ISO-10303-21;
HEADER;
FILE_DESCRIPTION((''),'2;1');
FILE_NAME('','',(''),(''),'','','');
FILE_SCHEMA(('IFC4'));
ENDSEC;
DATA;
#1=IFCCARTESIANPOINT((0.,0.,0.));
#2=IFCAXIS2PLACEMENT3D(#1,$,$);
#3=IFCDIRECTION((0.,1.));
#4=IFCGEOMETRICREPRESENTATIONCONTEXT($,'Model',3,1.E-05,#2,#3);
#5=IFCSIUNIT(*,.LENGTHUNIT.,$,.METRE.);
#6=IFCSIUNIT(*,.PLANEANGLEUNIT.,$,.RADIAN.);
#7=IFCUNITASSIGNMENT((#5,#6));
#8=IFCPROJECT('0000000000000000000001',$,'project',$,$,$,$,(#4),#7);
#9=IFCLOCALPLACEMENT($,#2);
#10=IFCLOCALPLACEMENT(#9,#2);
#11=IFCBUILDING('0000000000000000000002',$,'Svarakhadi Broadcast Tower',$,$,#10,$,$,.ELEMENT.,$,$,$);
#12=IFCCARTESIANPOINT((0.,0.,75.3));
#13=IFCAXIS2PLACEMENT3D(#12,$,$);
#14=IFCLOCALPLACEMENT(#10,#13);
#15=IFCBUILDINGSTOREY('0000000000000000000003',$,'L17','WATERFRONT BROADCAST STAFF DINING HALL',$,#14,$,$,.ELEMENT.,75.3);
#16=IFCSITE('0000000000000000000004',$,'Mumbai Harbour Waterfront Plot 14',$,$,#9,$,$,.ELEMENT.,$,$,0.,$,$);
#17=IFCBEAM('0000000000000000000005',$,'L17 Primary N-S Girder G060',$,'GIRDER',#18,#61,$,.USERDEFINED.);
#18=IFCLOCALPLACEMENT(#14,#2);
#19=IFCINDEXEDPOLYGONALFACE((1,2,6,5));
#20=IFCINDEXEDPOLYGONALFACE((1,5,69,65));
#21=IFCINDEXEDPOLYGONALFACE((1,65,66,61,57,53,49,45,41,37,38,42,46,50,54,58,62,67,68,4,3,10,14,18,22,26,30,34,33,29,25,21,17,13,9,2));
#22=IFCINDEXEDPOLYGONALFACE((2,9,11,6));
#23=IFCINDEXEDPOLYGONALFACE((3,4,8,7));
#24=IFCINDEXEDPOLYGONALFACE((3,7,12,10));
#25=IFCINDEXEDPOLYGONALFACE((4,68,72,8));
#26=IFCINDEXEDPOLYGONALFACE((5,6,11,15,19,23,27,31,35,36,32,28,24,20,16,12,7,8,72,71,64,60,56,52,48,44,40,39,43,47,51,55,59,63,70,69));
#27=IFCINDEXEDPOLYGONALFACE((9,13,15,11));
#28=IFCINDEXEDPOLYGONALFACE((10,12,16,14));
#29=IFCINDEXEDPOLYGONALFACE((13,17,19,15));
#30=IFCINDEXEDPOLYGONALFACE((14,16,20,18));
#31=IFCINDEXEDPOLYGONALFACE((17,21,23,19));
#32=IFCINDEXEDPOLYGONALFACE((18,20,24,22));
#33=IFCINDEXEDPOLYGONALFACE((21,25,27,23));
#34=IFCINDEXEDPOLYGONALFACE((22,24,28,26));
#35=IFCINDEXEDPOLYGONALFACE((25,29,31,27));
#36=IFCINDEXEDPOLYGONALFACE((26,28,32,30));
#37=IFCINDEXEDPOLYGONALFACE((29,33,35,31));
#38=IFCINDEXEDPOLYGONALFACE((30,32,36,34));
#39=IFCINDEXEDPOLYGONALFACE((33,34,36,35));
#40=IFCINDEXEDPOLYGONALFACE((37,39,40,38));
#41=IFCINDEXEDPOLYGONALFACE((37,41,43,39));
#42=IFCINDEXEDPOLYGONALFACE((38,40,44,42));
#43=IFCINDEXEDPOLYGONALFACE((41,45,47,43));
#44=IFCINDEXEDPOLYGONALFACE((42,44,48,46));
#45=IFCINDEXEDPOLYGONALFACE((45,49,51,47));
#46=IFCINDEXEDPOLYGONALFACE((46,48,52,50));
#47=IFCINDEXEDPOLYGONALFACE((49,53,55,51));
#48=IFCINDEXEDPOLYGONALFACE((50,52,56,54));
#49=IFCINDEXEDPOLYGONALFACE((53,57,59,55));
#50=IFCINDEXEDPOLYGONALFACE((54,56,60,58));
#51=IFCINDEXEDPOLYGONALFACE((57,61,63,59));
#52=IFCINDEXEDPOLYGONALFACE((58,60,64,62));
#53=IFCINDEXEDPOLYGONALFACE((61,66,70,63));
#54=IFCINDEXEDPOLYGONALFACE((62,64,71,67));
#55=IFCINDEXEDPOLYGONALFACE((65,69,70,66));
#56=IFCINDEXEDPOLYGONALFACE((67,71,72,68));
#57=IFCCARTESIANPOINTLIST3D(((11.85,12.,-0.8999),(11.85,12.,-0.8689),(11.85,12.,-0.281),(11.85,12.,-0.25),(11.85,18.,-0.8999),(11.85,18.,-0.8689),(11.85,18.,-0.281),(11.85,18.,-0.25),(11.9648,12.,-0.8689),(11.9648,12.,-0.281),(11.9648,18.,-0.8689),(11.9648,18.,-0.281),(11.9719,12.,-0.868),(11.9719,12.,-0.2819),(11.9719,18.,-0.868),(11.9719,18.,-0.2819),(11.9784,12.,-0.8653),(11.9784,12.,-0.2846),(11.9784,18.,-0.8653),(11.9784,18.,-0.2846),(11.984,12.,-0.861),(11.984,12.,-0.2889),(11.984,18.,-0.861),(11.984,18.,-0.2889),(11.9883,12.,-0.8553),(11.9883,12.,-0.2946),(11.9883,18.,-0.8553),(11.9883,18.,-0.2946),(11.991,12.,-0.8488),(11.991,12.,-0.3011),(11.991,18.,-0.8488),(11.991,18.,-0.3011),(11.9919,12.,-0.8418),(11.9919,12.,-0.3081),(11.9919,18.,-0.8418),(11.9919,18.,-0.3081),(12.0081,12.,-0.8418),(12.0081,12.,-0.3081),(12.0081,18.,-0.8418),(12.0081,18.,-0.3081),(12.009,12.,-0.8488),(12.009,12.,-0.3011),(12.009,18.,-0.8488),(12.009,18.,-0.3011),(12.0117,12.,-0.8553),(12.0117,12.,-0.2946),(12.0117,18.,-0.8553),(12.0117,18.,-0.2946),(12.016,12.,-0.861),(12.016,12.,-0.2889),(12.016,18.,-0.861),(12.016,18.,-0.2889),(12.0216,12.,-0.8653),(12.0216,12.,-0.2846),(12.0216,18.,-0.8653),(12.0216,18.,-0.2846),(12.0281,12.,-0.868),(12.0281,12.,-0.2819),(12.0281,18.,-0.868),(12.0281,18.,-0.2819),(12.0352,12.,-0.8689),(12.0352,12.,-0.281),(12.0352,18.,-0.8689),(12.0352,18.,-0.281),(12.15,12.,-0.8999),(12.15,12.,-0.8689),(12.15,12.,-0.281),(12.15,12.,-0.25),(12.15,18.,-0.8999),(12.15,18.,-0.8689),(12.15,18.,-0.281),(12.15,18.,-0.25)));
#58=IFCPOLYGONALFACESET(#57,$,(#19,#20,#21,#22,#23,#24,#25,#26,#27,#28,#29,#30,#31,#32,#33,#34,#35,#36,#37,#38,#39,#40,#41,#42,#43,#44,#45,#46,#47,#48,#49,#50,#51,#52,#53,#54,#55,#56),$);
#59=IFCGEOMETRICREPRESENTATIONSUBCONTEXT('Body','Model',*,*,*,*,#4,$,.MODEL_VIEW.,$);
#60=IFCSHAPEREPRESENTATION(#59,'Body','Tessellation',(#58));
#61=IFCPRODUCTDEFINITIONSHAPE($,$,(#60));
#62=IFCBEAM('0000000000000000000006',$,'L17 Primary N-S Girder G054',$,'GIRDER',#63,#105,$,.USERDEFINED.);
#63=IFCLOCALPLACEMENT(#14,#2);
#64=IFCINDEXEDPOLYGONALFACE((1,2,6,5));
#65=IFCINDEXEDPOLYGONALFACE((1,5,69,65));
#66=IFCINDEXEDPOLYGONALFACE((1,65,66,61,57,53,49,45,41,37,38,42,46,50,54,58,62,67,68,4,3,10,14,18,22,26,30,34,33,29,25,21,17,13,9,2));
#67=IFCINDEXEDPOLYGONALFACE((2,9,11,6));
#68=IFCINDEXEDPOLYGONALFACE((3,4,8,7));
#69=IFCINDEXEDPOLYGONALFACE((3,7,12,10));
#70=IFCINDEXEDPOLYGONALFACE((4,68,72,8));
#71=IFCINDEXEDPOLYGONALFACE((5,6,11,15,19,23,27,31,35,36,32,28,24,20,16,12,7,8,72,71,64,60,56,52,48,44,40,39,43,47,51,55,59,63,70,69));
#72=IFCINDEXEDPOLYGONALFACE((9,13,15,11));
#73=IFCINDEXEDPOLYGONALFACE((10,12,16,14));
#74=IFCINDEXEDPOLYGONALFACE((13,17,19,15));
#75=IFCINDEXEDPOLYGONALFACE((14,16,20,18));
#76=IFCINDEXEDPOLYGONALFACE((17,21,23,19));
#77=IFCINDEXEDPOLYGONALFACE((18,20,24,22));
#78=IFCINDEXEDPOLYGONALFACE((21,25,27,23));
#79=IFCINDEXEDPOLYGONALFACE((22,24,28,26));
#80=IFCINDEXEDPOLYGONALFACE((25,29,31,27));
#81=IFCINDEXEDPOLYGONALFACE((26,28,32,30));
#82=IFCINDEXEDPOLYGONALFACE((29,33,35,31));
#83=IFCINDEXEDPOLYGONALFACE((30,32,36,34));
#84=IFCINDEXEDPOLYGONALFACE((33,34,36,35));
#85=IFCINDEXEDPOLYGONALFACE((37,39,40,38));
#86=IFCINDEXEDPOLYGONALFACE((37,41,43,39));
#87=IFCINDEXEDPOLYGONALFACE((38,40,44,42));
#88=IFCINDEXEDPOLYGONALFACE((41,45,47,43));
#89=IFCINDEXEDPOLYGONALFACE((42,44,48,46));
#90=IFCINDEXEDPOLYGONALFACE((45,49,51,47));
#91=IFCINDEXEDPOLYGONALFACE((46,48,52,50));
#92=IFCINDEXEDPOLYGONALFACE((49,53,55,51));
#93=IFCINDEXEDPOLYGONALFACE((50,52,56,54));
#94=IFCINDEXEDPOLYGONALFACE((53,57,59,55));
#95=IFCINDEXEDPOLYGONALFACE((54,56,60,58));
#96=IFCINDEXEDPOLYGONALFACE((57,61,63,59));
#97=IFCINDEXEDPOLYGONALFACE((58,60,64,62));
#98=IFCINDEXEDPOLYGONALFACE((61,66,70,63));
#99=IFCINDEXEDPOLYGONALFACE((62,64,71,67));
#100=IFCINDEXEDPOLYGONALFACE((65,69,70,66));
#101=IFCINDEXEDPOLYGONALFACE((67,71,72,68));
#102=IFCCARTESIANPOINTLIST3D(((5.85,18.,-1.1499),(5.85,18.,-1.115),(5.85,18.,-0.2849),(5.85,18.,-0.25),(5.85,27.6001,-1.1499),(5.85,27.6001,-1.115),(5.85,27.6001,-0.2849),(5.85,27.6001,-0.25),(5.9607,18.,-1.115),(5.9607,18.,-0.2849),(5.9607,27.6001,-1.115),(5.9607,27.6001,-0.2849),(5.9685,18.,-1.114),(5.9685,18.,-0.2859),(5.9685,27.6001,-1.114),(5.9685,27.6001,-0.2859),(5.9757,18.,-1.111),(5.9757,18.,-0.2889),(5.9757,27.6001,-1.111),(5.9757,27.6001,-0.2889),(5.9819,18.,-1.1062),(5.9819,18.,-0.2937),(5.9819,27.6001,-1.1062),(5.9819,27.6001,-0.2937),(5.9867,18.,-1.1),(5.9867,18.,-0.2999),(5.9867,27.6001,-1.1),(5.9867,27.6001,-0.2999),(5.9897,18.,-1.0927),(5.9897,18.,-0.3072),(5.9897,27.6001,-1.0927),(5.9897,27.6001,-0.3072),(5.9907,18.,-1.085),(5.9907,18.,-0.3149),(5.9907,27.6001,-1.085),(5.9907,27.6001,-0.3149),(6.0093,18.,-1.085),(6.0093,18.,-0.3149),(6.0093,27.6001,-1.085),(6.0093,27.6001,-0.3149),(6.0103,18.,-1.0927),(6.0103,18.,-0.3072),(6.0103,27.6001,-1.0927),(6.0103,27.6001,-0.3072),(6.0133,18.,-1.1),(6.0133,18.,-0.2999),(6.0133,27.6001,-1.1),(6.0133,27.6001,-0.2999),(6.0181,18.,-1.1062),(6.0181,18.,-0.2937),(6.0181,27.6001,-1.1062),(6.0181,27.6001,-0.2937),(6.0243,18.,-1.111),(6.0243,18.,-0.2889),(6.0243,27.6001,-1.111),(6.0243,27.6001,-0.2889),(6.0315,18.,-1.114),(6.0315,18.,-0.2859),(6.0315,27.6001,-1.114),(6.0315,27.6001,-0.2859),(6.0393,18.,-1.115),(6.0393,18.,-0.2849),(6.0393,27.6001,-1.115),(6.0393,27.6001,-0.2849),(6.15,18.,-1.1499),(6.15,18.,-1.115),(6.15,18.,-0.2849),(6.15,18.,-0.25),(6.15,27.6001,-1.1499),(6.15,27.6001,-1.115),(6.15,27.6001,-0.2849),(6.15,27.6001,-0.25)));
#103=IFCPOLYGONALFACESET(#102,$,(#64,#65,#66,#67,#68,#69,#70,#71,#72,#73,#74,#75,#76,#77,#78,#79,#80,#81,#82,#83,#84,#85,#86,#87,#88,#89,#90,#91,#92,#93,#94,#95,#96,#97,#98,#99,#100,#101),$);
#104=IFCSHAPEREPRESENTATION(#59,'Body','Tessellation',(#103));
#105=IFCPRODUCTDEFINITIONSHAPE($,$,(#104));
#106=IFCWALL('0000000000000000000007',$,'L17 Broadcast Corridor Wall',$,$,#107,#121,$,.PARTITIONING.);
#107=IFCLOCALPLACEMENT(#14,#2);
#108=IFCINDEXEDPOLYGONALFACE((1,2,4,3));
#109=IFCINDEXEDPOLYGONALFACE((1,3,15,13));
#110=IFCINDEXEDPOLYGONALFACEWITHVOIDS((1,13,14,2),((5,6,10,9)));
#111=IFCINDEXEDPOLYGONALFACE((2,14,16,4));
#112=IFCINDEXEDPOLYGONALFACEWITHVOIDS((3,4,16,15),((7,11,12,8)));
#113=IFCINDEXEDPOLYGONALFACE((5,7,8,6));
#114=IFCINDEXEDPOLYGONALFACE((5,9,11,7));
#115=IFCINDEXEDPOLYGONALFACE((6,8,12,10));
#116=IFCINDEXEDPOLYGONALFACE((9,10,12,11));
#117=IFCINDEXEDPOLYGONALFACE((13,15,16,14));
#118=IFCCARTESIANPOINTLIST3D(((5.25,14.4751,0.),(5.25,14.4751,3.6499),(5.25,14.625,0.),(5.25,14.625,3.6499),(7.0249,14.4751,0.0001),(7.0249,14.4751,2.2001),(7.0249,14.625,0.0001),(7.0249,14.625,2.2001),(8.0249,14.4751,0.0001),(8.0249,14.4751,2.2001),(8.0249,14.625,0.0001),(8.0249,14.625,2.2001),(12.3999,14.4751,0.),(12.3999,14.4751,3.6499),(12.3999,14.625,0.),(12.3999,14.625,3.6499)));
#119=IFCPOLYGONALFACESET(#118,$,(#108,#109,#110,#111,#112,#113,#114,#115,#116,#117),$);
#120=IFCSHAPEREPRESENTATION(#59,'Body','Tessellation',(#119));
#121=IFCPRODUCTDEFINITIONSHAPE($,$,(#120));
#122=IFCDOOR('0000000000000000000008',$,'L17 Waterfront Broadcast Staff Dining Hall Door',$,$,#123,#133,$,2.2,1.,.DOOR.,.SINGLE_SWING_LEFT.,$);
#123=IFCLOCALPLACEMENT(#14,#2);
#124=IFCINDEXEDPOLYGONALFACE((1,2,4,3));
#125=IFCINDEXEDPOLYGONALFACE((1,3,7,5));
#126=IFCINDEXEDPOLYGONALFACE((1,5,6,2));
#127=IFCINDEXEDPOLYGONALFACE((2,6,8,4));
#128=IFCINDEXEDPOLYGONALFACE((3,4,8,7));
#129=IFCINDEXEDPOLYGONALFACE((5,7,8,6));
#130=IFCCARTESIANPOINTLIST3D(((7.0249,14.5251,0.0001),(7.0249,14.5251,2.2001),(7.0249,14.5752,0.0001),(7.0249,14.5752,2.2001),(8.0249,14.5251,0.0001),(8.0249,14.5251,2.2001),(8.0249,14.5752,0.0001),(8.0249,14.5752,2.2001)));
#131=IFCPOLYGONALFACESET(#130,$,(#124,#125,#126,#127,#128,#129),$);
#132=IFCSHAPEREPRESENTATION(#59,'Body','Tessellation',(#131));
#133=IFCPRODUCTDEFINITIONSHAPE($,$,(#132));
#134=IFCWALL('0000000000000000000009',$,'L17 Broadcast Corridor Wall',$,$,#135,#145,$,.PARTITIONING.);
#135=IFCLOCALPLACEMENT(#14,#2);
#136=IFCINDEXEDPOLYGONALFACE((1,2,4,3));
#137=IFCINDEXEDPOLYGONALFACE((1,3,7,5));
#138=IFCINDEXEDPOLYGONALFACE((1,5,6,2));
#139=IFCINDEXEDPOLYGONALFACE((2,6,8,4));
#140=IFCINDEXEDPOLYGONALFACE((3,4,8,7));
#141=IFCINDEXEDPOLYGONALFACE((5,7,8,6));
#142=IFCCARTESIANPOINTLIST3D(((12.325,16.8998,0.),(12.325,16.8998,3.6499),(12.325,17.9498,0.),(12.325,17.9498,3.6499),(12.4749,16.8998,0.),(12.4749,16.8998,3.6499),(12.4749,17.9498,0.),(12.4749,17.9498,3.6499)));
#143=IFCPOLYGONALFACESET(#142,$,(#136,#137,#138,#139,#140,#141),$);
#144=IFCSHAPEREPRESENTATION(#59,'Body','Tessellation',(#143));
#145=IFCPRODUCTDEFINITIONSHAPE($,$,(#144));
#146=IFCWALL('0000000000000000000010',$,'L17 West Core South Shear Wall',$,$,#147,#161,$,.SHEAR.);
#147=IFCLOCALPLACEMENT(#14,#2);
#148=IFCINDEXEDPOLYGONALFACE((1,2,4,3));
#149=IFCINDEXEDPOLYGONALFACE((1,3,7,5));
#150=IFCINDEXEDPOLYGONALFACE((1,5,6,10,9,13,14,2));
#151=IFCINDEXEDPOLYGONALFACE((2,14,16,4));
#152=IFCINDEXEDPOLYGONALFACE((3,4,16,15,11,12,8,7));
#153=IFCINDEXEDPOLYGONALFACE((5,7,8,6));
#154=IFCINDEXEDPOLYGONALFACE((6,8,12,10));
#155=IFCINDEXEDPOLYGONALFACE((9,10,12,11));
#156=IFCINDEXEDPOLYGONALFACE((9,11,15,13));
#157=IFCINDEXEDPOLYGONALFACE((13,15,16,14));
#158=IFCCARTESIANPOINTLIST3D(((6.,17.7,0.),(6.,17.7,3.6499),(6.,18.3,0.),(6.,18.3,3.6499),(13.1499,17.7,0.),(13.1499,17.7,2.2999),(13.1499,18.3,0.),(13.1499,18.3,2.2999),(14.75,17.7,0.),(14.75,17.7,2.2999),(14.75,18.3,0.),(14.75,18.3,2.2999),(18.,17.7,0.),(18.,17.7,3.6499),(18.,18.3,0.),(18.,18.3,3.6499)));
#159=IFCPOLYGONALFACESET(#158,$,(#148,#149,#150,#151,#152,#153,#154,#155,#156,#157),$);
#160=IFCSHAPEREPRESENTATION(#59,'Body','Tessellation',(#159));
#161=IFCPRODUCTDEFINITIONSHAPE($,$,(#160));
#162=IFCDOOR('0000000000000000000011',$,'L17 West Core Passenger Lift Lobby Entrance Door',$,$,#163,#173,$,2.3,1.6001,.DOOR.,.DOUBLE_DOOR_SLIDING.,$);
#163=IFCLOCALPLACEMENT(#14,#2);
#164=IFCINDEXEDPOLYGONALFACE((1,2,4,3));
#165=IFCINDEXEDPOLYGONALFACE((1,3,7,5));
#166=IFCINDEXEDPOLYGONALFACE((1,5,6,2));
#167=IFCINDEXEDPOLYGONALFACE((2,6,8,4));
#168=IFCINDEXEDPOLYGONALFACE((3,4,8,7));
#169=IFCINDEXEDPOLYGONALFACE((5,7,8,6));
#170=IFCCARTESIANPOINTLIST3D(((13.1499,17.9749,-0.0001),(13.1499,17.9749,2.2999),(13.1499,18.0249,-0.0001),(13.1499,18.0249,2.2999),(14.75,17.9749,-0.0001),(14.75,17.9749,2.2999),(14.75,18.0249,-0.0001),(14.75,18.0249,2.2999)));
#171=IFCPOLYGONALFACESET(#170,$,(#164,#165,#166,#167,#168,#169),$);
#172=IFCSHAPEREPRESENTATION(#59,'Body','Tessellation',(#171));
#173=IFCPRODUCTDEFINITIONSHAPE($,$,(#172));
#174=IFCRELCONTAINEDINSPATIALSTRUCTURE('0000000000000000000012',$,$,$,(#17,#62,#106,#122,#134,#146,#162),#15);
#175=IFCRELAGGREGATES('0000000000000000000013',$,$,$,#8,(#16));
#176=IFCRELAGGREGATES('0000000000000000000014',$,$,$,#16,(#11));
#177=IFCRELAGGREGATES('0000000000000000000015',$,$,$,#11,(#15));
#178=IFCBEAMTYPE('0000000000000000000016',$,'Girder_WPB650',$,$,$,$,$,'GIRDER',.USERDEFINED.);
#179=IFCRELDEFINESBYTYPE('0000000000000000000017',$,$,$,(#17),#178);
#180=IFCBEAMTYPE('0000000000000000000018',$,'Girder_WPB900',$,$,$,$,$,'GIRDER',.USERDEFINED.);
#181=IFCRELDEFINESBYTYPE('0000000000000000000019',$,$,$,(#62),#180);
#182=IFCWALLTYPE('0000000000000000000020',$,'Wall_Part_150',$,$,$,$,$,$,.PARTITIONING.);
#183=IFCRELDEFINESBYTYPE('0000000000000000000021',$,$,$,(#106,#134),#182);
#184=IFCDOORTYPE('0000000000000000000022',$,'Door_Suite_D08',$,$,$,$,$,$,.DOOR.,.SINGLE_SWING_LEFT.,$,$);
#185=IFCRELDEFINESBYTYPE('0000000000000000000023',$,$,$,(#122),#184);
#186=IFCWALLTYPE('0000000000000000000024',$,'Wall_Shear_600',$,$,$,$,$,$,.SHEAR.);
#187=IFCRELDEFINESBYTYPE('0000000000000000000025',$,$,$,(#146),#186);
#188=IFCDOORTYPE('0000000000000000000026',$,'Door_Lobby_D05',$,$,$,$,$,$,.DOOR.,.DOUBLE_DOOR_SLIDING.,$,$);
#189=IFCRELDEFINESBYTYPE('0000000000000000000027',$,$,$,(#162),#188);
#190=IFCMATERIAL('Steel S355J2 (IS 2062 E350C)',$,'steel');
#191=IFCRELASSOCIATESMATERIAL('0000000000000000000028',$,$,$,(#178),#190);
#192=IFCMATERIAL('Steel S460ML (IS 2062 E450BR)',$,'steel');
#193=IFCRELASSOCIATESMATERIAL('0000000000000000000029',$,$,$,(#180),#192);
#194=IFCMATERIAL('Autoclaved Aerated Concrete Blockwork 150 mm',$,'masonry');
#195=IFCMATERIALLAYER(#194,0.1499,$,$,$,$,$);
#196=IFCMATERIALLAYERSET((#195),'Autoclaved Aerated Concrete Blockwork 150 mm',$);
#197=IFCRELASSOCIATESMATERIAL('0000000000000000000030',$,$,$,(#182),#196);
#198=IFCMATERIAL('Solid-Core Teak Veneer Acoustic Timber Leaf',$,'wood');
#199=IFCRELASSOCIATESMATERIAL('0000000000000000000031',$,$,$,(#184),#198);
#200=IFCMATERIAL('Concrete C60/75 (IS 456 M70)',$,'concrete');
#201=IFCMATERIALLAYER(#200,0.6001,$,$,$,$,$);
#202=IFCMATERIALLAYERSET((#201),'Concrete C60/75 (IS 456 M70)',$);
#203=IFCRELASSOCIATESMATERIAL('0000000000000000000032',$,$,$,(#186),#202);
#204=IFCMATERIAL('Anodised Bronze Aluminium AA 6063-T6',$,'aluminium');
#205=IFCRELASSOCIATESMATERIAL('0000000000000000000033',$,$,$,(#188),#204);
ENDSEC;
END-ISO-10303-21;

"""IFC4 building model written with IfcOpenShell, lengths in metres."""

from ifc_helpers import new_model, si_unit, direction, frame, frame_2d, origin, origin_2d, place, context, subcontext, project, spatial, rectangle, i_section, extrude, material, layer, layer_set, material_profile, profile_set, type_object, element, fill, save


model = new_model("IFC4")

# Units and contexts
model_context = context("Model", 3, precision=1e-05, world=origin(), true_north=direction((0.0, 1.0)))
body_context = subcontext(model_context, "Body", "Model", "MODEL_VIEW")
ifc_project = project(units=[si_unit("LENGTHUNIT", "METRE"), si_unit("PLANEANGLEUNIT", "RADIAN")], contexts=[model_context])

# Site, building, storey
site_placement = place(None, origin())
site = spatial("IfcSite", under=ifc_project, at=site_placement, Name="Mumbai Harbour Waterfront Plot 14", CompositionType="ELEMENT", RefElevation=0.0)
building_placement = place(site_placement, origin())
building = spatial("IfcBuilding", under=site, at=building_placement, Name="Svarakhadi Broadcast Tower", CompositionType="ELEMENT")
storey_placement = place(building_placement, frame((0.0, 0.0, 75.3)))
storey = spatial("IfcBuildingStorey", under=building, at=storey_placement, Name="L17", Description="WATERFRONT BROADCAST STAFF DINING HALL", CompositionType="ELEMENT", Elevation=75.3)

# Shared definitions
ifc_material_1 = material(Name="Steel S460ML (IS 2062 E450BR)", Category="steel")
ifc_material_2 = material(Name="Concrete C60/75 (IS 456 M70)", Category="concrete")

# Beams
ifc_material_3 = material(Name="Steel S355J2 (IS 2062 E350C)", Category="steel")
ifc_material_profile_1 = material_profile(ifc_material_3, i_section(OverallWidth=0.3, OverallDepth=0.6499, WebThickness=0.0161, FlangeThickness=0.031, FilletRadius=0.0271, at=origin_2d()), Name="WPB 650x300x225")
ifc_profile_set_1 = profile_set([ifc_material_profile_1], Name="Steel S355J2 (IS 2062 E350C)")
beam_type_1 = type_object("IfcBeamType", Name="Girder_WPB650", ElementType="GIRDER", PredefinedType="USERDEFINED", material=ifc_profile_set_1)
for number, where, z_axis, x_axis, name in (
    (1, (12.0, 12.0, -0.575), (0.0, 1.0, 0.0), (-1.0, 0.0, 0.0), "L17 Primary N-S Girder G060"),
):
    element("IfcBeam", number, at=place(storey_placement, frame(where, z_axis=z_axis, x_axis=x_axis)), inside=storey, type_object=beam_type_1, Name=name, ObjectType="GIRDER", PredefinedType="USERDEFINED", context=body_context, shape_type="SweptSolid", body=[
        extrude(i_section(OverallWidth=0.3, OverallDepth=0.6499, WebThickness=0.0161, FlangeThickness=0.031, FilletRadius=0.0271, at=origin_2d()), origin(), (0.0, 0.0, 1.0), 6.0),
    ])
ifc_material_profile_2 = material_profile(ifc_material_1, i_section(OverallWidth=0.3, OverallDepth=0.8999, WebThickness=0.0186, FlangeThickness=0.0349, FilletRadius=0.03, at=origin_2d()), Name="WPB 900x300x291")
ifc_profile_set_2 = profile_set([ifc_material_profile_2], Name="Steel S460ML (IS 2062 E450BR)")
beam_type_2 = type_object("IfcBeamType", Name="Girder_WPB900", ElementType="GIRDER", PredefinedType="USERDEFINED", material=ifc_profile_set_2)
beam_placement = place(storey_placement, frame((6.0, 18.0, -0.7), z_axis=(0.0, 1.0, 0.0), x_axis=(-1.0, 0.0, 0.0)))
element("IfcBeam", 2, at=beam_placement, inside=storey, type_object=beam_type_2, Name="L17 Primary N-S Girder G054", ObjectType="GIRDER", PredefinedType="USERDEFINED", context=body_context, shape_type="SweptSolid", body=[
    extrude(i_section(OverallWidth=0.3, OverallDepth=0.8999, WebThickness=0.0186, FlangeThickness=0.0349, FilletRadius=0.03, at=origin_2d()), origin(), (0.0, 0.0, 1.0), 9.6001),
])

# Wall, opening, door
ifc_material_4 = material(Name="Autoclaved Aerated Concrete Blockwork 150 mm", Category="masonry")
ifc_layer_1 = layer(ifc_material_4, 0.1499)
ifc_layer_set_1 = layer_set([ifc_layer_1], Name="Autoclaved Aerated Concrete Blockwork 150 mm")
wall_type_1 = type_object("IfcWallType", Name="Wall_Part_150", PredefinedType="PARTITIONING", material=ifc_layer_set_1)
wall_1_placement = place(storey_placement, frame((12.3999, 14.55, 0.0), z_axis=(0.0, 0.0, 1.0), x_axis=(-1.0, 0.0, 0.0)))
wall_1 = element("IfcWall", 3, at=wall_1_placement, inside=storey, type_object=wall_type_1, Name="L17 Broadcast Corridor Wall", PredefinedType="PARTITIONING", context=body_context, shape_type="SweptSolid", body=[
    extrude(rectangle(XDim=7.1499, YDim=0.1499, at=frame_2d((3.575, 0.0))), origin(), (0.0, 0.0, 1.0), 3.6499),
])
opening_1_placement = place(wall_1_placement, frame((4.375, 0.0, 0.0)))
opening_1 = element("IfcOpeningElement", 4, at=opening_1_placement, cuts=wall_1, PredefinedType="OPENING", context=body_context, shape_type="SweptSolid", body=[
    extrude(rectangle(XDim=1.0, YDim=2.2, at=frame_2d((0.5, 1.1001))), frame((0.0, 0.085, 0.0), z_axis=(0.0, -1.0, 0.0), x_axis=(1.0, 0.0, 0.0)), (0.0, 0.0, 1.0), 0.1699),
])
ifc_material_5 = material(Name="Solid-Core Teak Veneer Acoustic Timber Leaf", Category="wood")
door_type_1 = type_object("IfcDoorType", Name="Door_Suite_D08", OperationType="SINGLE_SWING_LEFT", PredefinedType="DOOR", material=ifc_material_5)
door_1_placement = place(opening_1_placement, origin())
door_1 = element("IfcDoor", 5, at=door_1_placement, inside=storey, type_object=door_type_1, Name="L17 Waterfront Broadcast Staff Dining Hall Door", OperationType="SINGLE_SWING_LEFT", OverallHeight=2.2, OverallWidth=1.0, PredefinedType="DOOR", context=body_context, shape_type="SweptSolid", body=[
    extrude(rectangle(XDim=1.0, YDim=2.2, at=frame_2d((0.5, 1.1001))), frame((0.0, 0.0249, 0.0), z_axis=(0.0, -1.0, 0.0), x_axis=(1.0, 0.0, 0.0)), (0.0, 0.0, 1.0), 0.05),
])
fill(opening_1, door_1)

# Wall
wall_2_placement = place(storey_placement, frame((12.3999, 16.8999, 0.0), z_axis=(0.0, 0.0, 1.0), x_axis=(0.0, 1.0, 0.0)))
element("IfcWall", 6, at=wall_2_placement, inside=storey, type_object=wall_type_1, Name="L17 Broadcast Corridor Wall", PredefinedType="PARTITIONING", context=body_context, shape_type="SweptSolid", body=[
    extrude(rectangle(XDim=1.05, YDim=0.1499, at=frame_2d((0.5249, 0.0))), origin(), (0.0, 0.0, 1.0), 3.6499),
])

# Wall, opening, door
ifc_layer_2 = layer(ifc_material_2, 0.6001)
ifc_layer_set_2 = layer_set([ifc_layer_2], Name="Concrete C60/75 (IS 456 M70)")
wall_type_2 = type_object("IfcWallType", Name="Wall_Shear_600", PredefinedType="SHEAR", material=ifc_layer_set_2)
wall_3_placement = place(storey_placement, frame((6.0, 18.0, 0.0), z_axis=(0.0, 0.0, 1.0), x_axis=(1.0, 0.0, 0.0)))
wall_3 = element("IfcWall", 7, at=wall_3_placement, inside=storey, type_object=wall_type_2, Name="L17 West Core South Shear Wall", PredefinedType="SHEAR", context=body_context, shape_type="SweptSolid", body=[
    extrude(rectangle(XDim=12.0, YDim=0.6001, at=frame_2d((6.0, 0.0))), origin(), (0.0, 0.0, 1.0), 3.6499),
])
opening_2_placement = place(wall_3_placement, frame((7.1499, 0.0, 0.0)))
opening_2 = element("IfcOpeningElement", 8, at=opening_2_placement, cuts=wall_3, PredefinedType="OPENING", context=body_context, shape_type="SweptSolid", body=[
    extrude(rectangle(XDim=1.6001, YDim=2.3, at=frame_2d((0.8, 1.1499))), frame((0.0, 0.3101, 0.0), z_axis=(0.0, -1.0, 0.0), x_axis=(1.0, 0.0, 0.0)), (0.0, 0.0, 1.0), 0.6201),
])
ifc_material_6 = material(Name="Anodised Bronze Aluminium AA 6063-T6", Category="aluminium")
door_type_2 = type_object("IfcDoorType", Name="Door_Lobby_D05", OperationType="DOUBLE_DOOR_SLIDING", PredefinedType="DOOR", material=ifc_material_6)
door_2_placement = place(opening_2_placement, origin())
door_2 = element("IfcDoor", 9, at=door_2_placement, inside=storey, type_object=door_type_2, Name="L17 West Core Passenger Lift Lobby Entrance Door", OperationType="DOUBLE_DOOR_SLIDING", OverallHeight=2.3, OverallWidth=1.6001, PredefinedType="DOOR", context=body_context, shape_type="SweptSolid", body=[
    extrude(rectangle(XDim=1.6001, YDim=2.3, at=frame_2d((0.8, 1.1499))), frame((0.0, 0.0249, 0.0), z_axis=(0.0, -1.0, 0.0), x_axis=(1.0, 0.0, 0.0)), (0.0, 0.0, 1.0), 0.05),
])
fill(opening_2, door_2)

save(model, "model.ifc")
